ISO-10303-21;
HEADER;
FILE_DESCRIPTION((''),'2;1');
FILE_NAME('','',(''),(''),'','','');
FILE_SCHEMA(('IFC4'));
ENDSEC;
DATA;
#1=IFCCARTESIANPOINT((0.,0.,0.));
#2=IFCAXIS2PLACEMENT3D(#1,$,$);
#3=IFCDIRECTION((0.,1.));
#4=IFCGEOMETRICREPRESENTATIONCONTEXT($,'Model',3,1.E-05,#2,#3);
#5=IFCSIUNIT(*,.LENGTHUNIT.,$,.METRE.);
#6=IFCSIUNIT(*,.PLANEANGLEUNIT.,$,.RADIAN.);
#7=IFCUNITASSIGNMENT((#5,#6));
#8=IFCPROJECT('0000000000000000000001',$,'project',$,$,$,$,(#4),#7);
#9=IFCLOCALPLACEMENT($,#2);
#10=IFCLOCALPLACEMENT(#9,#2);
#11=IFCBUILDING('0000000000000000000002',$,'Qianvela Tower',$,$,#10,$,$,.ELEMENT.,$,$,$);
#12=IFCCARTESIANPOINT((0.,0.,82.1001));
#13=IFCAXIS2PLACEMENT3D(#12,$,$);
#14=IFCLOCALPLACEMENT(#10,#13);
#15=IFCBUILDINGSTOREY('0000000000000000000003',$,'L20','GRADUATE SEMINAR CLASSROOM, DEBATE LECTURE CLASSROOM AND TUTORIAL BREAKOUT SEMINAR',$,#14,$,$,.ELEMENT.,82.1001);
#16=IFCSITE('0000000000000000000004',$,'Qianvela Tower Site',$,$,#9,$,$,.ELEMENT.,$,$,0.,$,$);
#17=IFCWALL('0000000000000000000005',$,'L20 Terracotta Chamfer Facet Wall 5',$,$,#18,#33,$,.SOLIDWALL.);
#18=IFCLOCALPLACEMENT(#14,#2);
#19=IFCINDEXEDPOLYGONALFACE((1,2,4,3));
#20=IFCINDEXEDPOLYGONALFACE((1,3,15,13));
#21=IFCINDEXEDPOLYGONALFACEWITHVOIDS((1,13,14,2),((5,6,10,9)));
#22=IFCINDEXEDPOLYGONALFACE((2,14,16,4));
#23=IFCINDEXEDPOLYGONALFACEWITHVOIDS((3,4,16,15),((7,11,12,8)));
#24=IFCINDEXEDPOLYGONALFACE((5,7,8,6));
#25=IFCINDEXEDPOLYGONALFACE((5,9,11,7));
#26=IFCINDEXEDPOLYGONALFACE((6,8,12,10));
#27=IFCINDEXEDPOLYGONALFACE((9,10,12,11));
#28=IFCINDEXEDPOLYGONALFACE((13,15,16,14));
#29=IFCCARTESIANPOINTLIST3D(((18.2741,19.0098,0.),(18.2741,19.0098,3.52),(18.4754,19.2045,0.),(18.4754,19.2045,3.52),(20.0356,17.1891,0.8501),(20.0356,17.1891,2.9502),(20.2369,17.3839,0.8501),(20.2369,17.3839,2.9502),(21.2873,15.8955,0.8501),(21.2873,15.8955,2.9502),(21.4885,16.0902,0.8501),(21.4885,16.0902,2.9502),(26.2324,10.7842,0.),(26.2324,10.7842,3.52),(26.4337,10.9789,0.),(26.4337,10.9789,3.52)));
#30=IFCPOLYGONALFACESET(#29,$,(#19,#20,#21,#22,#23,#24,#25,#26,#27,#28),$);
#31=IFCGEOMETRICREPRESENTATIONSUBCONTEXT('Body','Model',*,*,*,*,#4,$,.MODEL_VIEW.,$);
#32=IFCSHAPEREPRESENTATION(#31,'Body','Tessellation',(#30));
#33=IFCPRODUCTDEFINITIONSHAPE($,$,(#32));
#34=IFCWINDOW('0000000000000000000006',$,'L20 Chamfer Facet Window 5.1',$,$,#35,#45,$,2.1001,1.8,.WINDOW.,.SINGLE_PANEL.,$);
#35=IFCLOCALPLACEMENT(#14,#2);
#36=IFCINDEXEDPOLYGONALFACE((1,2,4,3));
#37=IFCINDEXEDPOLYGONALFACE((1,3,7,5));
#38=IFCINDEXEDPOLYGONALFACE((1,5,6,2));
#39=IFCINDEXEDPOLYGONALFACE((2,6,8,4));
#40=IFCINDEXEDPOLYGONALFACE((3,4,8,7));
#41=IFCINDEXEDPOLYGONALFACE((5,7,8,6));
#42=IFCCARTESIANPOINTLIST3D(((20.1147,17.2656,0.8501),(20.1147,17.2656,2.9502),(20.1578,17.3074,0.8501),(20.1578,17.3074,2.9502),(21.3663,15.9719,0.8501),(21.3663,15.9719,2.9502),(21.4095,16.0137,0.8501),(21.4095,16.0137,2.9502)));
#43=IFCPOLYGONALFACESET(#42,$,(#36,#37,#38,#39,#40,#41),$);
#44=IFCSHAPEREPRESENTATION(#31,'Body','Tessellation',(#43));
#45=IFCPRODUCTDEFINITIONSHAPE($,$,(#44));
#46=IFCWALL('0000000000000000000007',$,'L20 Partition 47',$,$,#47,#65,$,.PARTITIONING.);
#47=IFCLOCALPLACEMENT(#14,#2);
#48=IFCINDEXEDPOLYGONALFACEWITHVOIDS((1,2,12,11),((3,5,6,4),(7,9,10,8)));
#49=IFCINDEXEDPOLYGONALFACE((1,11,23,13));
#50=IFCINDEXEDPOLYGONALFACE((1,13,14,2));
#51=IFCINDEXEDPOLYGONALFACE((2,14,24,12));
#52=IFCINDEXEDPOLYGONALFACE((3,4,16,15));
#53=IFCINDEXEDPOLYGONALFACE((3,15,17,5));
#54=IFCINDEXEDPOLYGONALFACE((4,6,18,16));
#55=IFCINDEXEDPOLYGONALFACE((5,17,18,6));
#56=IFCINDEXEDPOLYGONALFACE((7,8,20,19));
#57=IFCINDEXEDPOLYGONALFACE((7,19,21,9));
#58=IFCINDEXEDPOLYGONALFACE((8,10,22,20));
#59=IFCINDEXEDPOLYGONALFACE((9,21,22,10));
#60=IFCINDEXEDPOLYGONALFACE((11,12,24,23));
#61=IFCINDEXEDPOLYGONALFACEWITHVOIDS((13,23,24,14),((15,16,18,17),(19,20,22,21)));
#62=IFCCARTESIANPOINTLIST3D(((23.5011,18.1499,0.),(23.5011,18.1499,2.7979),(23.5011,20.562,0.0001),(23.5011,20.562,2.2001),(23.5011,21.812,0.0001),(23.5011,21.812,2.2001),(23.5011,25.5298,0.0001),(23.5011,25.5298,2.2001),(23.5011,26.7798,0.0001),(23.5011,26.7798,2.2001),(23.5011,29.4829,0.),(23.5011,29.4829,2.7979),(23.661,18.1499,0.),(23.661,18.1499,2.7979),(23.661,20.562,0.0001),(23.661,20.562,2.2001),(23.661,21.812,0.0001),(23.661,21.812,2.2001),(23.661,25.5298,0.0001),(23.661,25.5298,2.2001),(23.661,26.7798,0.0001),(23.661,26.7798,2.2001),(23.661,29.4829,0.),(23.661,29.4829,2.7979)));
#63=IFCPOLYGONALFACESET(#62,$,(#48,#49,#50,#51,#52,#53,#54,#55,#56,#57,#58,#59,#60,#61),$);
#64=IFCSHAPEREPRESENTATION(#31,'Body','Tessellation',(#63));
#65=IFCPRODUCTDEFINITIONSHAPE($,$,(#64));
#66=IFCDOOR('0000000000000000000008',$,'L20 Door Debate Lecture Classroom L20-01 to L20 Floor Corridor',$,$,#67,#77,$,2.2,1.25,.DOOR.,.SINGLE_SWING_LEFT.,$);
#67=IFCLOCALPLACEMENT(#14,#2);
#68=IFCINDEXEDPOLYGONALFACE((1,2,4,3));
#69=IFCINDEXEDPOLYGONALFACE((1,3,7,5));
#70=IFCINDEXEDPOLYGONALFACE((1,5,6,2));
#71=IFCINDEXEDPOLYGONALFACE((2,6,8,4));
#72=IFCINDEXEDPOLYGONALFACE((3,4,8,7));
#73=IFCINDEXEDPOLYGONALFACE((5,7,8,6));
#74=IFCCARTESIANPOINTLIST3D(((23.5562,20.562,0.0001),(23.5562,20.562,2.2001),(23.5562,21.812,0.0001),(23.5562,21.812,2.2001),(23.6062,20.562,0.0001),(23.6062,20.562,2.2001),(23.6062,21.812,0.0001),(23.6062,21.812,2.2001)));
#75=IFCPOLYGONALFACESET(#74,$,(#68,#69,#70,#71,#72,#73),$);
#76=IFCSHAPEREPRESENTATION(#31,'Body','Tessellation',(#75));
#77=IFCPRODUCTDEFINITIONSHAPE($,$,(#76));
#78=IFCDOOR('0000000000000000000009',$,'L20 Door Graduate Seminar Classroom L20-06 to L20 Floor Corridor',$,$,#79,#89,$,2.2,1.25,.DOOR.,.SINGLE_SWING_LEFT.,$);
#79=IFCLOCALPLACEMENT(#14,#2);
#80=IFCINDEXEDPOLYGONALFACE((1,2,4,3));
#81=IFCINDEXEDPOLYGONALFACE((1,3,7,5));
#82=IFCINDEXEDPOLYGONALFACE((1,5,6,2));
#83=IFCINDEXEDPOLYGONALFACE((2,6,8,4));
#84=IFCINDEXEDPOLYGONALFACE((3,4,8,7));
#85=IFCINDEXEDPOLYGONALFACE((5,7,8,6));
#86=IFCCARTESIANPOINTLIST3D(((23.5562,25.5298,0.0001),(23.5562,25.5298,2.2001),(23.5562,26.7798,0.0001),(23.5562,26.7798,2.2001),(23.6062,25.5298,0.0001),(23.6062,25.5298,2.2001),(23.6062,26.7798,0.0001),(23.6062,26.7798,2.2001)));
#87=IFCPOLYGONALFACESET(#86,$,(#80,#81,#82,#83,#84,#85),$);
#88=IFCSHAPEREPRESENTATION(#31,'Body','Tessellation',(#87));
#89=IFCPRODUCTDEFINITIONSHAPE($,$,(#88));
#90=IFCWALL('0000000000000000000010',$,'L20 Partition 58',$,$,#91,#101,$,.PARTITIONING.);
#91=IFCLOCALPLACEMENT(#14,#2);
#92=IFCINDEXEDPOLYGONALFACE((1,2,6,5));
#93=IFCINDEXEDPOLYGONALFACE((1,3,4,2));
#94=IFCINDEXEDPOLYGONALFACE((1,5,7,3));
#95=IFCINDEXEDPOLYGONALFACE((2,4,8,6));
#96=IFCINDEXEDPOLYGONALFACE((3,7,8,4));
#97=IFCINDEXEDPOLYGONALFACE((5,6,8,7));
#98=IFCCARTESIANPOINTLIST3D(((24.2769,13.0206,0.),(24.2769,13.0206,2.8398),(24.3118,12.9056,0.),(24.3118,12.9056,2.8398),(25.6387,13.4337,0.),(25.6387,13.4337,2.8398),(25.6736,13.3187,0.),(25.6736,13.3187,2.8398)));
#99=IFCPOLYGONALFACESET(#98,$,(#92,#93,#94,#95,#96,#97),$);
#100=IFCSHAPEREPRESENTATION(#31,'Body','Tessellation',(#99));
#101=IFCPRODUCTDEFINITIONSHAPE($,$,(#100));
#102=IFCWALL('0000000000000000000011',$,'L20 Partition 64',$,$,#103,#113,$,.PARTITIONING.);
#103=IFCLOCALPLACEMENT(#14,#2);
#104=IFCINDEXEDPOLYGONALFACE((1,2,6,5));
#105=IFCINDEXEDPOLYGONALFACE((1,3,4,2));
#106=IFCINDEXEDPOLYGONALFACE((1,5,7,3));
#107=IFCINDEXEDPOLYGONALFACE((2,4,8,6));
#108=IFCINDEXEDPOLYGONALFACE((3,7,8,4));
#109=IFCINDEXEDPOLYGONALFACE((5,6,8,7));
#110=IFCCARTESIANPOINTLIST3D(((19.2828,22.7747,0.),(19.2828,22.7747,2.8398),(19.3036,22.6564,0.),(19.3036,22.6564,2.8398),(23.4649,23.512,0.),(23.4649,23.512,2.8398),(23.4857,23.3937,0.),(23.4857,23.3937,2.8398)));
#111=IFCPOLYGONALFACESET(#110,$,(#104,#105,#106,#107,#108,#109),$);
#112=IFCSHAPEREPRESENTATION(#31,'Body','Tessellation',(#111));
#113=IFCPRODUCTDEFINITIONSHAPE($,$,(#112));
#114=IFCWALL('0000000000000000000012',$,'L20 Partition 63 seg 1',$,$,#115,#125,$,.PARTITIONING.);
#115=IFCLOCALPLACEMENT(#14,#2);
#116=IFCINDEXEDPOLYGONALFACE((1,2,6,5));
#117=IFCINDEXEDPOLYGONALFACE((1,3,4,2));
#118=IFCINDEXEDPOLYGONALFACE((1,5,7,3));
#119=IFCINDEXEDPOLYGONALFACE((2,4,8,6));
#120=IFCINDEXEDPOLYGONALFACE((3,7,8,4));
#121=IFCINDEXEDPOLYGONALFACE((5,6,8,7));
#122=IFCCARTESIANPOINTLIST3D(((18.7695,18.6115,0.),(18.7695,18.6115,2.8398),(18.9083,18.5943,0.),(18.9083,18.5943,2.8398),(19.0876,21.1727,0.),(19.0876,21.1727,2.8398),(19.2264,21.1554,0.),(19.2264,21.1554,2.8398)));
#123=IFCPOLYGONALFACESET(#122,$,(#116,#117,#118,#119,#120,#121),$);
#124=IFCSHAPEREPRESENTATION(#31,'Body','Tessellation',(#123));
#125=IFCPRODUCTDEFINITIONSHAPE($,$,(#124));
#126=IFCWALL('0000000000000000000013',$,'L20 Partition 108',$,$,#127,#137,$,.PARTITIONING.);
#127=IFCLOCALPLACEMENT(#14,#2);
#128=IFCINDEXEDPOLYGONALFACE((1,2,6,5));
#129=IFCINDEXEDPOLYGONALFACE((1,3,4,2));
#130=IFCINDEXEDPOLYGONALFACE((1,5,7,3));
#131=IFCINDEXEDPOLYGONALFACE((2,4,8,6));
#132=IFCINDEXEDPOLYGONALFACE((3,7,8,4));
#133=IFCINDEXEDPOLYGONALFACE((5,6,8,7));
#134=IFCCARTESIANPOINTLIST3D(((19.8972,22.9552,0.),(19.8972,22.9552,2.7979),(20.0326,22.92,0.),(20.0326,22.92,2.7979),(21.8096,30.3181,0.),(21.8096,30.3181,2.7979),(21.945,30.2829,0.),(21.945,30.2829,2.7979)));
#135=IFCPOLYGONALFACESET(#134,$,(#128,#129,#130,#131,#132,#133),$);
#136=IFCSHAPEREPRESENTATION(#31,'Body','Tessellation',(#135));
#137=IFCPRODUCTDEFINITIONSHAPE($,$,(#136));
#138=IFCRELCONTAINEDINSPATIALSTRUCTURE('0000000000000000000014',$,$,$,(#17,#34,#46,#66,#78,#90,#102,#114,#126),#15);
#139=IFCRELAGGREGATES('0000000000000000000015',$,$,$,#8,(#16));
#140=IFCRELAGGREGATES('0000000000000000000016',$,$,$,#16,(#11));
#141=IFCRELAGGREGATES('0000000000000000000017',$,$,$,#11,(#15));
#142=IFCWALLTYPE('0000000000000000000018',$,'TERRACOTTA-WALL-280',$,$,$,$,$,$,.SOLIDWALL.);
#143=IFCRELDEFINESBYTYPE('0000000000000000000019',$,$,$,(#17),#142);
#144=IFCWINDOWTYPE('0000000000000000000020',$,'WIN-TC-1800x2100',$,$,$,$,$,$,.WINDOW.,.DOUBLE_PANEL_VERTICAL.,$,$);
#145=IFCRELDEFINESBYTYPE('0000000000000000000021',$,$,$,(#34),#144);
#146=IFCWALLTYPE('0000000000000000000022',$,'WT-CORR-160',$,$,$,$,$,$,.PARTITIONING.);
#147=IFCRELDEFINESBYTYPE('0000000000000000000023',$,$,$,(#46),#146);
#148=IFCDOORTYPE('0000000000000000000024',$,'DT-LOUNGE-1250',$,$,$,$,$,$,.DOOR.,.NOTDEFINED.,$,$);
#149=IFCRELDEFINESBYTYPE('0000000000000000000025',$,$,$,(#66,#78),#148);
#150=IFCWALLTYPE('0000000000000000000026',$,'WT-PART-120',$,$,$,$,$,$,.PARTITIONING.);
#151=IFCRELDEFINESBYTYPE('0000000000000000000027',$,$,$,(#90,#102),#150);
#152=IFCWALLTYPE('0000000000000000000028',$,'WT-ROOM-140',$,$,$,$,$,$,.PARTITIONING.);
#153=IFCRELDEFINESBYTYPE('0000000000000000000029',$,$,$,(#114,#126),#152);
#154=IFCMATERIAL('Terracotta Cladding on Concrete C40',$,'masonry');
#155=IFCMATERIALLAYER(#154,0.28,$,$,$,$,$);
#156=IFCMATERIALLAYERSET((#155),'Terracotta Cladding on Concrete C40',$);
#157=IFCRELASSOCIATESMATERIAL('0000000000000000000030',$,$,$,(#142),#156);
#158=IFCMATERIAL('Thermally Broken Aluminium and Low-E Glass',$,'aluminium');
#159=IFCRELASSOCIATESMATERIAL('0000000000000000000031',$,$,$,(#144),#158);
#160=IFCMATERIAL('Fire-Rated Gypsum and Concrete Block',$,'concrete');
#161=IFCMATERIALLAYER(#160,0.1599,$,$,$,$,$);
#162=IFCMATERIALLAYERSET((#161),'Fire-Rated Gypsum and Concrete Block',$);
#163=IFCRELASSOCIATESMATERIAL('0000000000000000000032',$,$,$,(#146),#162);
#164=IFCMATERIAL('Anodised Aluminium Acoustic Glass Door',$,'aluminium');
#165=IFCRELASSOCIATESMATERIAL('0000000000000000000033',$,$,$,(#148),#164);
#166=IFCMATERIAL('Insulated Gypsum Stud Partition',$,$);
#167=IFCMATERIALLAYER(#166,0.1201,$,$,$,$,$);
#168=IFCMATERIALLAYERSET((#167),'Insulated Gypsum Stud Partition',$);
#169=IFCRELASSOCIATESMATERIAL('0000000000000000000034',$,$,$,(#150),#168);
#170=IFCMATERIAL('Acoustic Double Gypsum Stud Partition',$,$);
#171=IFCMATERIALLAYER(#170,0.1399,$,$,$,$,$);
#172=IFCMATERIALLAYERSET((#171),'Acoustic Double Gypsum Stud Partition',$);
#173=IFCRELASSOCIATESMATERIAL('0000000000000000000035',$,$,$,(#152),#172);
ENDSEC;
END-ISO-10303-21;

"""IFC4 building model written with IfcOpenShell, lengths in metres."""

from ifc_helpers import new_model, si_unit, direction, frame, frame_2d, origin, place, context, subcontext, project, spatial, rectangle, extrude, material, layer, layer_set, type_object, element, fill, save


model = new_model("IFC4")

# Units and contexts
model_context = context("Model", 3, precision=1e-05, world=origin(), true_north=direction((0.0, 1.0)))
body_context = subcontext(model_context, "Body", "Model", "MODEL_VIEW")
ifc_project = project(units=[si_unit("LENGTHUNIT", "METRE"), si_unit("PLANEANGLEUNIT", "RADIAN")], contexts=[model_context])

# Site, building, storey
site_placement = place(None, origin())
site = spatial("IfcSite", under=ifc_project, at=site_placement, Name="Qianvela Tower Site", CompositionType="ELEMENT", RefElevation=0.0)
building_placement = place(site_placement, origin())
building = spatial("IfcBuilding", under=site, at=building_placement, Name="Qianvela Tower", CompositionType="ELEMENT")
storey_placement = place(building_placement, frame((0.0, 0.0, 82.1001)))
storey = spatial("IfcBuildingStorey", under=building, at=storey_placement, Name="L20", Description="GRADUATE SEMINAR CLASSROOM, DEBATE LECTURE CLASSROOM AND TUTORIAL BREAKOUT SEMINAR", CompositionType="ELEMENT", Elevation=82.1001)

# Wall, opening, window
ifc_material_1 = material(Name="Terracotta Cladding on Concrete C40", Category="masonry")
ifc_layer_1 = layer(ifc_material_1, 0.28)
ifc_layer_set_1 = layer_set([ifc_layer_1], Name="Terracotta Cladding on Concrete C40")
wall_type_1 = type_object("IfcWallType", Name="TERRACOTTA-WALL-280", PredefinedType="SOLIDWALL", material=ifc_layer_set_1)
wall_1_placement = place(storey_placement, frame((18.3748, 19.1072, 0.0), z_axis=(0.0, 0.0, 1.0), x_axis=(0.695332, -0.718689, 0.0)))
wall_1 = element("IfcWall", 1, at=wall_1_placement, inside=storey, type_object=wall_type_1, Name="L20 Terracotta Chamfer Facet Wall 5", PredefinedType="SOLIDWALL", context=body_context, shape_type="SweptSolid", body=[
    extrude(rectangle(XDim=11.4453, YDim=0.28, at=frame_2d((5.7227, 0.0))), origin(), (0.0, 0.0, 1.0), 3.52),
])
opening_1_placement = place(wall_1_placement, frame((2.5334, 0.0, 0.8501)))
opening_1 = element("IfcOpeningElement", 2, at=opening_1_placement, cuts=wall_1, PredefinedType="OPENING", context=body_context, shape_type="SweptSolid", body=[
    extrude(rectangle(XDim=1.8, YDim=2.1001, at=frame_2d((0.8999, 1.05))), frame((0.0, 0.1499, 0.0), z_axis=(0.0, -1.0, 0.0), x_axis=(1.0, 0.0, 0.0)), (0.0, 0.0, 1.0), 0.3),
])
ifc_material_2 = material(Name="Thermally Broken Aluminium and Low-E Glass", Category="aluminium")
window_type = type_object("IfcWindowType", Name="WIN-TC-1800x2100", PartitioningType="DOUBLE_PANEL_VERTICAL", PredefinedType="WINDOW", material=ifc_material_2)
window_placement = place(opening_1_placement, origin())
window = element("IfcWindow", 3, at=window_placement, inside=storey, type_object=window_type, Name="L20 Chamfer Facet Window 5.1", OverallHeight=2.1001, OverallWidth=1.8, PartitioningType="SINGLE_PANEL", PredefinedType="WINDOW", context=body_context, shape_type="SweptSolid", body=[
    extrude(rectangle(XDim=1.8, YDim=2.1001, at=frame_2d((0.8999, 1.05))), frame((0.0, 0.03, 0.0), z_axis=(0.0, -1.0, 0.0), x_axis=(1.0, 0.0, 0.0)), (0.0, 0.0, 1.0), 0.0601),
])
fill(opening_1, window)

# Wall, openings, doors
ifc_material_3 = material(Name="Fire-Rated Gypsum and Concrete Block", Category="concrete")
ifc_layer_2 = layer(ifc_material_3, 0.1599)
ifc_layer_set_2 = layer_set([ifc_layer_2], Name="Fire-Rated Gypsum and Concrete Block")
wall_type_2 = type_object("IfcWallType", Name="WT-CORR-160", PredefinedType="PARTITIONING", material=ifc_layer_set_2)
wall_2_placement = place(storey_placement, frame((23.5811, 18.1499, 0.0), z_axis=(0.0, 0.0, 1.0), x_axis=(0.0, 1.0, 0.0)))
wall_2 = element("IfcWall", 4, at=wall_2_placement, inside=storey, type_object=wall_type_2, Name="L20 Partition 47", PredefinedType="PARTITIONING", context=body_context, shape_type="SweptSolid", body=[
    extrude(rectangle(XDim=11.333, YDim=0.1599, at=frame_2d((5.6665, 0.0))), origin(), (0.0, 0.0, 1.0), 2.7979),
])
opening_2_placement = place(wall_2_placement, frame((2.4121, 0.0, 0.0)))
opening_2 = element("IfcOpeningElement", 5, at=opening_2_placement, cuts=wall_2, PredefinedType="OPENING", context=body_context, shape_type="SweptSolid", body=[
    extrude(rectangle(XDim=1.25, YDim=2.2, at=frame_2d((0.625, 1.1001))), frame((0.0, 0.0898, 0.0), z_axis=(0.0, -1.0, 0.0), x_axis=(1.0, 0.0, 0.0)), (0.0, 0.0, 1.0), 0.1799),
])
opening_3_placement = place(wall_2_placement, frame((7.3799, 0.0, 0.0)))
opening_3 = element("IfcOpeningElement", 6, at=opening_3_placement, cuts=wall_2, PredefinedType="OPENING", context=body_context, shape_type="SweptSolid", body=[
    extrude(rectangle(XDim=1.25, YDim=2.2, at=frame_2d((0.625, 1.1001))), frame((0.0, 0.0898, 0.0), z_axis=(0.0, -1.0, 0.0), x_axis=(1.0, 0.0, 0.0)), (0.0, 0.0, 1.0), 0.1799),
])
ifc_material_4 = material(Name="Anodised Aluminium Acoustic Glass Door", Category="aluminium")
door_type = type_object("IfcDoorType", Name="DT-LOUNGE-1250", OperationType="NOTDEFINED", PredefinedType="DOOR", material=ifc_material_4)
door_1_placement = place(opening_2_placement, origin())
door_1 = element("IfcDoor", 7, at=door_1_placement, inside=storey, type_object=door_type, Name="L20 Door Debate Lecture Classroom L20-01 to L20 Floor Corridor", OperationType="SINGLE_SWING_LEFT", OverallHeight=2.2, OverallWidth=1.25, PredefinedType="DOOR", context=body_context, shape_type="SweptSolid", body=[
    extrude(rectangle(XDim=1.25, YDim=2.2, at=frame_2d((0.625, 1.1001))), frame((0.0, 0.0249, 0.0), z_axis=(0.0, -1.0, 0.0), x_axis=(1.0, 0.0, 0.0)), (0.0, 0.0, 1.0), 0.05),
])
fill(opening_2, door_1)
door_2_placement = place(opening_3_placement, origin())
door_2 = element("IfcDoor", 8, at=door_2_placement, inside=storey, type_object=door_type, Name="L20 Door Graduate Seminar Classroom L20-06 to L20 Floor Corridor", OperationType="SINGLE_SWING_LEFT", OverallHeight=2.2, OverallWidth=1.25, PredefinedType="DOOR", context=body_context, shape_type="SweptSolid", body=[
    extrude(rectangle(XDim=1.25, YDim=2.2, at=frame_2d((0.625, 1.1001))), frame((0.0, 0.0249, 0.0), z_axis=(0.0, -1.0, 0.0), x_axis=(1.0, 0.0, 0.0)), (0.0, 0.0, 1.0), 0.05),
])
fill(opening_3, door_2)

# Walls
ifc_material_5 = material(Name="Insulated Gypsum Stud Partition")
ifc_layer_3 = layer(ifc_material_5, 0.1201)
ifc_layer_set_3 = layer_set([ifc_layer_3], Name="Insulated Gypsum Stud Partition")
wall_type_3 = type_object("IfcWallType", Name="WT-PART-120", PredefinedType="PARTITIONING", material=ifc_layer_set_3)
wall_3_placement = place(storey_placement, frame((24.2944, 12.9631, 0.0), z_axis=(0.0, 0.0, 1.0), x_axis=(0.956944, 0.290274, 0.0)))
element("IfcWall", 9, at=wall_3_placement, inside=storey, type_object=wall_type_3, Name="L20 Partition 58", PredefinedType="PARTITIONING", context=body_context, shape_type="SweptSolid", body=[
    extrude(rectangle(XDim=1.4231, YDim=0.1201, at=frame_2d((0.7114, 0.0))), origin(), (0.0, 0.0, 1.0), 2.8398),
])
wall_4_placement = place(storey_placement, frame((19.2932, 22.7156, 0.0), z_axis=(0.0, 0.0, 1.0), x_axis=(0.984812, 0.173621, 0.0)))
element("IfcWall", 10, at=wall_4_placement, inside=storey, type_object=wall_type_3, Name="L20 Partition 64", PredefinedType="PARTITIONING", context=body_context, shape_type="SweptSolid", body=[
    extrude(rectangle(XDim=4.2466, YDim=0.1201, at=frame_2d((2.1233, 0.0))), origin(), (0.0, 0.0, 1.0), 2.8398),
])
ifc_material_6 = material(Name="Acoustic Double Gypsum Stud Partition")
ifc_layer_4 = layer(ifc_material_6, 0.1399)
ifc_layer_set_4 = layer_set([ifc_layer_4], Name="Acoustic Double Gypsum Stud Partition")
wall_type_4 = type_object("IfcWallType", Name="WT-ROOM-140", PredefinedType="PARTITIONING", material=ifc_layer_set_4)
wall_5_placement = place(storey_placement, frame((18.8389, 18.6028, 0.0), z_axis=(0.0, 0.0, 1.0), x_axis=(0.123266, 0.992374, 0.0)))
element("IfcWall", 11, at=wall_5_placement, inside=storey, type_object=wall_type_4, Name="L20 Partition 63 seg 1", PredefinedType="PARTITIONING", context=body_context, shape_type="SweptSolid", body=[
    extrude(rectangle(XDim=2.5808, YDim=0.1399, at=frame_2d((1.2905, 0.0))), origin(), (0.0, 0.0, 1.0), 2.8398),
])
wall_6_placement = place(storey_placement, frame((19.9648, 22.9375, 0.0), z_axis=(0.0, 0.0, 1.0), x_axis=(0.251391, 0.967886, 0.0)))
element("IfcWall", 12, at=wall_6_placement, inside=storey, type_object=wall_type_4, Name="L20 Partition 108", PredefinedType="PARTITIONING", context=body_context, shape_type="SweptSolid", body=[
    extrude(rectangle(XDim=7.6072, YDim=0.1399, at=frame_2d((3.8037, 0.0))), origin(), (0.0, 0.0, 1.0), 2.7979),
])

save(model, "model.ifc")
